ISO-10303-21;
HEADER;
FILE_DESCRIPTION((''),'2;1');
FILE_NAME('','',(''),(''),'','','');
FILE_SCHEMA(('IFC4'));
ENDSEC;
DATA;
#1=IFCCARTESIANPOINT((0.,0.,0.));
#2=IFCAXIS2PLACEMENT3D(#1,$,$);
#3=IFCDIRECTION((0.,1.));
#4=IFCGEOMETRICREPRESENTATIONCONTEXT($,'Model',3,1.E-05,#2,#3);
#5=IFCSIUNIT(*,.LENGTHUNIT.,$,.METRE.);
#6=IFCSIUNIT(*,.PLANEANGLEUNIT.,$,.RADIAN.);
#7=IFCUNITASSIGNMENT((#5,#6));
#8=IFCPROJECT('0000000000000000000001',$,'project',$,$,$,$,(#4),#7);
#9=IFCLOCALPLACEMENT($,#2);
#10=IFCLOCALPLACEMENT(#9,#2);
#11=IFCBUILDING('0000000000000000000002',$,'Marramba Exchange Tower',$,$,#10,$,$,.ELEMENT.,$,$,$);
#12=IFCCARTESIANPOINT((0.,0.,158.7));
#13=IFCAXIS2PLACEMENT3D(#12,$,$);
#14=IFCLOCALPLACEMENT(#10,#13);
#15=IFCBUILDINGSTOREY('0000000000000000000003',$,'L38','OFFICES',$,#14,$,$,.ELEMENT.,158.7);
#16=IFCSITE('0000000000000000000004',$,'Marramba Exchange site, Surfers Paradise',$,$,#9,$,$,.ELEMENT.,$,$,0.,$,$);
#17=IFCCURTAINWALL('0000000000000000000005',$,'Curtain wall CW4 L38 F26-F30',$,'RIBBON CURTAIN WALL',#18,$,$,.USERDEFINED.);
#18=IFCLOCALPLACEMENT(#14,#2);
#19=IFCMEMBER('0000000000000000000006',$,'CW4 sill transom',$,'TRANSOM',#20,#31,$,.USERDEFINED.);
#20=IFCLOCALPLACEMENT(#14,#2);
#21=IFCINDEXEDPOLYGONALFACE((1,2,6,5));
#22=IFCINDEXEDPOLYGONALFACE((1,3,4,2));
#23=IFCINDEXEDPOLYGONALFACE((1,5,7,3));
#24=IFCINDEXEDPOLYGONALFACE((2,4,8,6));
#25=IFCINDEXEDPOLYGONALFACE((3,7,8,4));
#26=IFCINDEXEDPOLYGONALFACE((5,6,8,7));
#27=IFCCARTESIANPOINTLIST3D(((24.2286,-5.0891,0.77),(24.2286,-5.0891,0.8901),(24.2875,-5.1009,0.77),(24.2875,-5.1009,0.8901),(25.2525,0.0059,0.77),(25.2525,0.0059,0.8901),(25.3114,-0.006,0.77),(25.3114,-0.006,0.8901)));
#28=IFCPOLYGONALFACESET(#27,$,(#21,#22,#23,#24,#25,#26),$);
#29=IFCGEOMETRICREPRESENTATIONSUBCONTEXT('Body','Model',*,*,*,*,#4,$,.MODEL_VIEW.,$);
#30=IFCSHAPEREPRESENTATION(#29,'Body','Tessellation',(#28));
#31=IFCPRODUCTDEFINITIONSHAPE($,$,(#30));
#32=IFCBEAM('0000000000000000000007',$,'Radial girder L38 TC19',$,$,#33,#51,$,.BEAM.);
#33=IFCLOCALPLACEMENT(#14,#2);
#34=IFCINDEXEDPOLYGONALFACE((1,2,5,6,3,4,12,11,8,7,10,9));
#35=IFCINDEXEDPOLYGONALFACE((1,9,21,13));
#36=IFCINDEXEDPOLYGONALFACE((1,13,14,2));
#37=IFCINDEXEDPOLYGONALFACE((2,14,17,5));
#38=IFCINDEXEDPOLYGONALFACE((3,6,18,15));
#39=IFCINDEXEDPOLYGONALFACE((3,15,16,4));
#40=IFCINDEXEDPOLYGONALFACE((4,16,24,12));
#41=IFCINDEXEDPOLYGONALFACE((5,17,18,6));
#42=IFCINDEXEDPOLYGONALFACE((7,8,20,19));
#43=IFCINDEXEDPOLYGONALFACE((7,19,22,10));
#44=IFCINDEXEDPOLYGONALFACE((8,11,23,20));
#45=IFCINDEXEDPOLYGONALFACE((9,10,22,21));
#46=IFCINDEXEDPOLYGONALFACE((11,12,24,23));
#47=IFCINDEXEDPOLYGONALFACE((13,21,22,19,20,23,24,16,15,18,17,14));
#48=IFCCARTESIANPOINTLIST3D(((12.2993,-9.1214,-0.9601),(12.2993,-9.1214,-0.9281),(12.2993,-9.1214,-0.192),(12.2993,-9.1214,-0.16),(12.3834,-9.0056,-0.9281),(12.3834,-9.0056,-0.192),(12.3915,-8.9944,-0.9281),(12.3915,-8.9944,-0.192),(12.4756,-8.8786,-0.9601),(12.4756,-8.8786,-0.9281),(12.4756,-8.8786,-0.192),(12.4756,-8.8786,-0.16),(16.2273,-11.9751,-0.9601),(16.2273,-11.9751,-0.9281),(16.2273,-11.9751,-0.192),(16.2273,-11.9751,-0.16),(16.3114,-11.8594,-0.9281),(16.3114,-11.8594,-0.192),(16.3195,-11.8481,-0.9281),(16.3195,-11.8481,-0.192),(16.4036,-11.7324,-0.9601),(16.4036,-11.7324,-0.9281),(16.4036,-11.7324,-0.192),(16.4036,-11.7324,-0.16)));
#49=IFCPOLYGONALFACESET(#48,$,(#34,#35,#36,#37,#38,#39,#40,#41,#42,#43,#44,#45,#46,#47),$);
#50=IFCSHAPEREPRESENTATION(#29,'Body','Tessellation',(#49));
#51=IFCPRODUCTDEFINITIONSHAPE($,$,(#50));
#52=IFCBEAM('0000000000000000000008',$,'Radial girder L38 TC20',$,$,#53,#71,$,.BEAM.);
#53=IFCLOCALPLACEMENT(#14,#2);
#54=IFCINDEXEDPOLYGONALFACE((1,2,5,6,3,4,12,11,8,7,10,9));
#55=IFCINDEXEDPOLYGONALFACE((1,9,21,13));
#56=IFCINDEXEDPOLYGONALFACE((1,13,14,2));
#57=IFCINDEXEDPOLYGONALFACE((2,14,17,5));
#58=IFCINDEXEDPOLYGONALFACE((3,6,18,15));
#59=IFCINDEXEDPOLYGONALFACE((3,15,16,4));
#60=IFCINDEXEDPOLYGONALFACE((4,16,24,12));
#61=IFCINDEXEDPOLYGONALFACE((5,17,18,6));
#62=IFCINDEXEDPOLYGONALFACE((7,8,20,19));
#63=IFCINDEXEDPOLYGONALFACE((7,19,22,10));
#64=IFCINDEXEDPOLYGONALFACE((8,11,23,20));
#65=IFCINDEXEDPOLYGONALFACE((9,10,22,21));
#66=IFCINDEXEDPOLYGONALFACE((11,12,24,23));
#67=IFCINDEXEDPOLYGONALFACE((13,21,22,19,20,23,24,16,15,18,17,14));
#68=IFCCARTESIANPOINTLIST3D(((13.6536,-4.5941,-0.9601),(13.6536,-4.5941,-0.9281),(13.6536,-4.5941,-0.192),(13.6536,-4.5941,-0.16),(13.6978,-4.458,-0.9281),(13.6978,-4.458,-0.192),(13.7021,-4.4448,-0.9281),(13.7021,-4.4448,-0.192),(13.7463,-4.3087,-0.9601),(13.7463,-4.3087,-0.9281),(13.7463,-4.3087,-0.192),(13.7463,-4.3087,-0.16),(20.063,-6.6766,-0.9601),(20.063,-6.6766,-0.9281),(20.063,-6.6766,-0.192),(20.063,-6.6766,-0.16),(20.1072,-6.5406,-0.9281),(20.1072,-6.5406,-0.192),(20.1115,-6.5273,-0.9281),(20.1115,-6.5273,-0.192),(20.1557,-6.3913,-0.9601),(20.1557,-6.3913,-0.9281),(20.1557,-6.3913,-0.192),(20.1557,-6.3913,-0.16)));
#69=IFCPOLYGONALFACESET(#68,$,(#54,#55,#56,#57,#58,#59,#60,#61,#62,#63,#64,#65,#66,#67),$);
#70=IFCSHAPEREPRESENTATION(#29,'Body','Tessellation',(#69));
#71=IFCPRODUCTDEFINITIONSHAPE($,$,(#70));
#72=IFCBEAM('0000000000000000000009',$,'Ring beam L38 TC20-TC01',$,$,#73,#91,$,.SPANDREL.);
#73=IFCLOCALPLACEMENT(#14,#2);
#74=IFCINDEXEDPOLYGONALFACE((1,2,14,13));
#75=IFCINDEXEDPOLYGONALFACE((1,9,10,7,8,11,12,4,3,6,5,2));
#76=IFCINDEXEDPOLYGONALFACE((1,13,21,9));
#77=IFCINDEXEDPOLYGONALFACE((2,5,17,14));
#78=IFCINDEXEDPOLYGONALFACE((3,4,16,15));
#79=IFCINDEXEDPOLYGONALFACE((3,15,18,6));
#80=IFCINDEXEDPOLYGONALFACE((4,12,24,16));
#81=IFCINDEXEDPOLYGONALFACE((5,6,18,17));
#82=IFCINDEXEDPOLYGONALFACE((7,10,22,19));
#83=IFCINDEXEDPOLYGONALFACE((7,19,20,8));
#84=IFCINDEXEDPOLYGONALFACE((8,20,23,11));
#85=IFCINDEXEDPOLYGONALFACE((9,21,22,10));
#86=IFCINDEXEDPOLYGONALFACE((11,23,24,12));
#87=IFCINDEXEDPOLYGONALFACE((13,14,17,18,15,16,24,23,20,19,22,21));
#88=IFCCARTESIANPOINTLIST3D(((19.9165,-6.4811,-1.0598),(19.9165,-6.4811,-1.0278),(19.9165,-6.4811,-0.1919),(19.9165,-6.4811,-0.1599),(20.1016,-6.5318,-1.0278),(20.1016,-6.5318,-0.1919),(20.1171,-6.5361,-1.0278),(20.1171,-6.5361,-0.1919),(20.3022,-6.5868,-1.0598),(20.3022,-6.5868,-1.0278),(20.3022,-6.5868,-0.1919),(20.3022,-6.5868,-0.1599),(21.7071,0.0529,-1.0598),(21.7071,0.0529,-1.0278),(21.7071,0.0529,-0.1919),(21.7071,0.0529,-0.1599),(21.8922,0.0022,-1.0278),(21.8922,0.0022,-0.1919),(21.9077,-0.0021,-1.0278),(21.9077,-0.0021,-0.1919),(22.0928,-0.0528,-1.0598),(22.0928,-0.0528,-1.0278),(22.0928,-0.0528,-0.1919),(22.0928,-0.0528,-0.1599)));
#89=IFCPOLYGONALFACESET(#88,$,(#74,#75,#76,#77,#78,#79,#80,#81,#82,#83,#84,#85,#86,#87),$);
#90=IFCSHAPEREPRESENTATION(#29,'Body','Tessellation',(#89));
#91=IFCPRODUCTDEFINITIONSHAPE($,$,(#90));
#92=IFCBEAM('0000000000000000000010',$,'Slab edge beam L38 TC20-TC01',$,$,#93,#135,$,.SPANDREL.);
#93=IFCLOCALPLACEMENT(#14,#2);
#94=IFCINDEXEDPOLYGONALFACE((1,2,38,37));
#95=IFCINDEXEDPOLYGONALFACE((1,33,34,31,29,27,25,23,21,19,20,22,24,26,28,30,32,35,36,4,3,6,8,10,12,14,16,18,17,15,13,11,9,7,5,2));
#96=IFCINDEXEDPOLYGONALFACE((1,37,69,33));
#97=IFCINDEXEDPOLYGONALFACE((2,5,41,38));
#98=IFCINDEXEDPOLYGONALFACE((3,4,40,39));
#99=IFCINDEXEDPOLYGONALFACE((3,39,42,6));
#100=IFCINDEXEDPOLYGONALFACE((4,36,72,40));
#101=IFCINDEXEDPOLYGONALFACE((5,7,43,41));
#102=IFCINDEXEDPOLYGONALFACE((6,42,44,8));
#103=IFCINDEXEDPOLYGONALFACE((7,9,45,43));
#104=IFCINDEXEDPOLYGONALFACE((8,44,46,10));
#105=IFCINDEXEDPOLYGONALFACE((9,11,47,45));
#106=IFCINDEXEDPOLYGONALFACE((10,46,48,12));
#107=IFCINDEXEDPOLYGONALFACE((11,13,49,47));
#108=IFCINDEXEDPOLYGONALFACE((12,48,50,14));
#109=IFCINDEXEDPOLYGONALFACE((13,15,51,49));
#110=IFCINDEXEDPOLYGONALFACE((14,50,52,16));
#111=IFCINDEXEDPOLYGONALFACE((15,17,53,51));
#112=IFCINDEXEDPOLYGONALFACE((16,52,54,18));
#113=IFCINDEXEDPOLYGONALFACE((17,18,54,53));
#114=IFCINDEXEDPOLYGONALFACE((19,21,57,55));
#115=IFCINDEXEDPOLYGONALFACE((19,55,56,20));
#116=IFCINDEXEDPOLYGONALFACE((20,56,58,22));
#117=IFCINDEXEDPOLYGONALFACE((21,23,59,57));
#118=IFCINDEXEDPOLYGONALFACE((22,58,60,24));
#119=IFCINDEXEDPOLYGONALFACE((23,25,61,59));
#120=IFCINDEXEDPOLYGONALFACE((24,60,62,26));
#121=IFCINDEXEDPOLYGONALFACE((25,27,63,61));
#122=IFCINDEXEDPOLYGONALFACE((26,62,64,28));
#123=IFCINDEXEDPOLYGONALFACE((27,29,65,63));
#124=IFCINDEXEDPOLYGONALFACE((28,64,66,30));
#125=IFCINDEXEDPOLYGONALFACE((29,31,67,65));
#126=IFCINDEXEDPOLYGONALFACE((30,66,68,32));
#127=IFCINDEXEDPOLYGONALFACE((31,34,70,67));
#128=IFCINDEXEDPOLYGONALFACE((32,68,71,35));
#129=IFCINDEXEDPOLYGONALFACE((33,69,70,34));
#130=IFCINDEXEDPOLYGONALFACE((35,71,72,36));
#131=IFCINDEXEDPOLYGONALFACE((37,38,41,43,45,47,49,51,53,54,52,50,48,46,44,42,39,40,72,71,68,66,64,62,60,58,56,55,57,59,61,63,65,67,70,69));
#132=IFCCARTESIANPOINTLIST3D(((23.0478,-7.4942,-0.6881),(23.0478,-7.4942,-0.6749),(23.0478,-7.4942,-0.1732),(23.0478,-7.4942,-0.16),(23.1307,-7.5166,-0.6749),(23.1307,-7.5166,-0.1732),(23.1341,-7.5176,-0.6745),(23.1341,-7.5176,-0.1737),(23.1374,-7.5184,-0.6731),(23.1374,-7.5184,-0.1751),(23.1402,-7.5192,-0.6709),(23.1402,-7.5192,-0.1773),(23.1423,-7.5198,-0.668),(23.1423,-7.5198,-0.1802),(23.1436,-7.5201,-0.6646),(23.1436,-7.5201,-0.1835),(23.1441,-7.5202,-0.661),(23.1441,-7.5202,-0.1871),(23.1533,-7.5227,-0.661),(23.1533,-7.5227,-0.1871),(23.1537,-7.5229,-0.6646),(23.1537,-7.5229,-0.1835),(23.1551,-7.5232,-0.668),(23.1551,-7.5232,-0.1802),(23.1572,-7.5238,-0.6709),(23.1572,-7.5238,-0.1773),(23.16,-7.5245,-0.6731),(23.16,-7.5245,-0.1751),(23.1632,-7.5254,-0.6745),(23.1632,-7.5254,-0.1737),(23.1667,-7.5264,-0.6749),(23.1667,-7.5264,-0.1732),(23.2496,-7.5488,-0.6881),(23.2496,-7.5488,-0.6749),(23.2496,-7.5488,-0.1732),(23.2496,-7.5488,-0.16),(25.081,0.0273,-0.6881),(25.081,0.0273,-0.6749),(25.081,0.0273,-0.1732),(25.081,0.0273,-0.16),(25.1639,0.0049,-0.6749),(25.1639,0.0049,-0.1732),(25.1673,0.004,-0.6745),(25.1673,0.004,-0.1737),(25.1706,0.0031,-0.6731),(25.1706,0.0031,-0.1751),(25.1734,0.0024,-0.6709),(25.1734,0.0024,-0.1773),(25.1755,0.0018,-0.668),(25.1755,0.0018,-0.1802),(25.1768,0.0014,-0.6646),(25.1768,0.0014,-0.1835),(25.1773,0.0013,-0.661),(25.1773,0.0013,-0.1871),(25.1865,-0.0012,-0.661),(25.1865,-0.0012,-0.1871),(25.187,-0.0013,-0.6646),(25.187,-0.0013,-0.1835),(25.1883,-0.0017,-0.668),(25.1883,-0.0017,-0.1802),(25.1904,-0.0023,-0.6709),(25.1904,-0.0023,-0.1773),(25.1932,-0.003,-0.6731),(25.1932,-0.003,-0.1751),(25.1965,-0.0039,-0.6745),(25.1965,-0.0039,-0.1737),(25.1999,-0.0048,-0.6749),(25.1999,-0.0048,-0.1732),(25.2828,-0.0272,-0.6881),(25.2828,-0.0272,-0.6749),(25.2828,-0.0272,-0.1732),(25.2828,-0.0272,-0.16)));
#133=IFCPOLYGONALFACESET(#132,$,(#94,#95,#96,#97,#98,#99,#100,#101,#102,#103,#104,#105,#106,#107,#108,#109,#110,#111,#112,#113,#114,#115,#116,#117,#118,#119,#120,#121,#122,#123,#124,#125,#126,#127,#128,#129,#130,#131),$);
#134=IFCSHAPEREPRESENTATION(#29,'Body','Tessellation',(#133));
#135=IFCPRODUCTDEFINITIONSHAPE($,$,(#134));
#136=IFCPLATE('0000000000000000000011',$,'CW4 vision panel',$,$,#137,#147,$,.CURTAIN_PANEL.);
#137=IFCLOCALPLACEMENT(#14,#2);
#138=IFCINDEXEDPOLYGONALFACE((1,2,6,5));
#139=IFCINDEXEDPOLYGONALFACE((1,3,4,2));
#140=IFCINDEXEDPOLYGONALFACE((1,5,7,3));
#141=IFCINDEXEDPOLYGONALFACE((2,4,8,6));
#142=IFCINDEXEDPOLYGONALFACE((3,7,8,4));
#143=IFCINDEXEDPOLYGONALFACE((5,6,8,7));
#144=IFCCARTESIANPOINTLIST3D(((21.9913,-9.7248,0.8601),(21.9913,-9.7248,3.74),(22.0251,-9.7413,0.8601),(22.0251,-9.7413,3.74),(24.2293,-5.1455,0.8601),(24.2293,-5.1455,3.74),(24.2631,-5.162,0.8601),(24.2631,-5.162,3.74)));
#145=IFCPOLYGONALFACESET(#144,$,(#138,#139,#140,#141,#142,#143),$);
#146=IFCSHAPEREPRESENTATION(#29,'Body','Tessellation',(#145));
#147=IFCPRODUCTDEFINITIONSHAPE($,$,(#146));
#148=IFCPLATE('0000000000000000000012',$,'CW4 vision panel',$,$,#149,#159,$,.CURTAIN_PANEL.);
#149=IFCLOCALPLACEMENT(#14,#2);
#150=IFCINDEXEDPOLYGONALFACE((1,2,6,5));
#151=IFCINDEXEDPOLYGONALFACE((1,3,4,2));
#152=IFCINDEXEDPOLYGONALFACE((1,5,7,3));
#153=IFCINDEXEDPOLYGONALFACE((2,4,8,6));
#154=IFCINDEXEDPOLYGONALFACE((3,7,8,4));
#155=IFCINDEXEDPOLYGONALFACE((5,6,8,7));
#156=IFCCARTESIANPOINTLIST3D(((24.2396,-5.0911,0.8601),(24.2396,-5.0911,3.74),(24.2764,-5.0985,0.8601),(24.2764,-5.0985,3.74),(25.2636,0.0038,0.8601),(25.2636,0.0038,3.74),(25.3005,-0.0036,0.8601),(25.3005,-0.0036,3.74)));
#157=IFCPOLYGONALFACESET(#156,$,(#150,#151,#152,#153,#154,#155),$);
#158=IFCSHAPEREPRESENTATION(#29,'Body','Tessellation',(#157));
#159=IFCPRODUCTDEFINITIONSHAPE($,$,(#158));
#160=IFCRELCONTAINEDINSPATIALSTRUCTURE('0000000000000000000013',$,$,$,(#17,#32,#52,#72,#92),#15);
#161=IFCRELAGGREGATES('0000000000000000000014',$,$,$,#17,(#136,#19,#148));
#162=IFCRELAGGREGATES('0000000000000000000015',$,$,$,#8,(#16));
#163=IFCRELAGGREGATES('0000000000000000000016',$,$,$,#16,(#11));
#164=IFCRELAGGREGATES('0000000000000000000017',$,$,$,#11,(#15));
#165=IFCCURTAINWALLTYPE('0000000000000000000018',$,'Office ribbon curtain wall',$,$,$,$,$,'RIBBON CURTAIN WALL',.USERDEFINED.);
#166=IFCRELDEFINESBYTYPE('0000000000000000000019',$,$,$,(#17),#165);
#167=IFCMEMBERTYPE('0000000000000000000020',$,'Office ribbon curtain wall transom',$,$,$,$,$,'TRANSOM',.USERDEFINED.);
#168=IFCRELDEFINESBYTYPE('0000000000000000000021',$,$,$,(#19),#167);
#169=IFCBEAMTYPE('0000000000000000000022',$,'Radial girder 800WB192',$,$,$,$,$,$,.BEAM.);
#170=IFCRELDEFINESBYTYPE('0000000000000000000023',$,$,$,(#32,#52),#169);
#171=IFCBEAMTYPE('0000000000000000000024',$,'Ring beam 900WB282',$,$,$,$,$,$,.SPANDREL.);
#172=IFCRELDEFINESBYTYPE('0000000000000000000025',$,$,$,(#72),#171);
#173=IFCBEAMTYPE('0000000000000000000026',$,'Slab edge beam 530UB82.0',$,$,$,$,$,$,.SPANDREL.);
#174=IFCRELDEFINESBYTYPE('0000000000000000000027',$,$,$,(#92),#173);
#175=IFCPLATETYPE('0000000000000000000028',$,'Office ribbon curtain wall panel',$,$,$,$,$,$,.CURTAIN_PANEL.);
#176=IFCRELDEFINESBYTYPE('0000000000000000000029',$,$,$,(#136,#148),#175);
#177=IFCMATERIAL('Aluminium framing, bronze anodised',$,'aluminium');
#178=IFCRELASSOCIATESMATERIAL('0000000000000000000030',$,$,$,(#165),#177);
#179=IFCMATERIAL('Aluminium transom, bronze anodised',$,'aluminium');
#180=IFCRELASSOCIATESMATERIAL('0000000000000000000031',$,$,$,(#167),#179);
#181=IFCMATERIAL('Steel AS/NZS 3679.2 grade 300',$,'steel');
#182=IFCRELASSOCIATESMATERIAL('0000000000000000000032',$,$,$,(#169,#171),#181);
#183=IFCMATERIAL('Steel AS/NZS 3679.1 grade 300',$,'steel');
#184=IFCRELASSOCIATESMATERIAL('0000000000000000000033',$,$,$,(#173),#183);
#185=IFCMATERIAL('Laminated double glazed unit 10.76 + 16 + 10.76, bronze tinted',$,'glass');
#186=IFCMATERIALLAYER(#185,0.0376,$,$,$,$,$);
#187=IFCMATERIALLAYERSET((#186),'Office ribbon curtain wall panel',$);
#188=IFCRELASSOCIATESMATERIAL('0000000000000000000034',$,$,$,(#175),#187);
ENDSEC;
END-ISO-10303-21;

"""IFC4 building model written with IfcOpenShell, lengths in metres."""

from ifc_helpers import new_model, si_unit, direction, frame, origin, origin_2d, place, context, subcontext, project, spatial, rectangle, i_section, extrude, material, layer, layer_set, material_profile, profile_set, type_object, element, aggregate, save


model = new_model("IFC4")

# Units and contexts
model_context = context("Model", 3, precision=1e-05, world=origin(), true_north=direction((0.0, 1.0)))
body_context = subcontext(model_context, "Body", "Model", "MODEL_VIEW")
ifc_project = project(units=[si_unit("LENGTHUNIT", "METRE"), si_unit("PLANEANGLEUNIT", "RADIAN")], contexts=[model_context])

# Site, building, storey
site_placement = place(None, origin())
site = spatial("IfcSite", under=ifc_project, at=site_placement, Name="Marramba Exchange site, Surfers Paradise", CompositionType="ELEMENT", RefElevation=0.0)
building_placement = place(site_placement, origin())
building = spatial("IfcBuilding", under=site, at=building_placement, Name="Marramba Exchange Tower", CompositionType="ELEMENT")
storey_placement = place(building_placement, frame((0.0, 0.0, 158.7)))
storey = spatial("IfcBuildingStorey", under=building, at=storey_placement, Name="L38", Description="OFFICES", CompositionType="ELEMENT", Elevation=158.7)

# Shared definitions
ifc_material_1 = material(Name="Steel AS/NZS 3679.2 grade 300", Category="steel")
ifc_material_2 = material(Name="Steel AS/NZS 3679.1 grade 300", Category="steel")

# Curtain wall, member
ifc_material_3 = material(Name="Aluminium framing, bronze anodised", Category="aluminium")
curtain_wall_type = type_object("IfcCurtainWallType", Name="Office ribbon curtain wall", ElementType="RIBBON CURTAIN WALL", PredefinedType="USERDEFINED", material=ifc_material_3)
curtain_wall_placement = place(storey_placement, origin())
curtain_wall = element("IfcCurtainWall", 1, at=curtain_wall_placement, inside=storey, type_object=curtain_wall_type, Name="Curtain wall CW4 L38 F26-F30", ObjectType="RIBBON CURTAIN WALL", PredefinedType="USERDEFINED")
ifc_material_4 = material(Name="Aluminium transom, bronze anodised", Category="aluminium")
ifc_material_profile_1 = material_profile(ifc_material_4, rectangle(XDim=0.0601, YDim=0.1201, at=origin_2d()), Name="CW4 transom 60x120")
ifc_profile_set_1 = profile_set([ifc_material_profile_1], Name="Aluminium transom, bronze anodised")
member_type_1 = type_object("IfcMemberType", Name="Office ribbon curtain wall transom", ElementType="TRANSOM", PredefinedType="USERDEFINED", material=ifc_profile_set_1)
member_1_placement = place(storey_placement, frame((24.2581, -5.095, 0.8301), z_axis=(0.197029, 0.980398, 0.0), x_axis=(-0.980398, 0.197029, 0.0)))
member_1 = element("IfcMember", 2, at=member_1_placement, type_object=member_type_1, Name="CW4 sill transom", ObjectType="TRANSOM", PredefinedType="USERDEFINED", context=body_context, shape_type="SweptSolid", body=[
    extrude(rectangle(XDim=0.0601, YDim=0.1201, at=origin_2d()), origin(), (0.0, 0.0, 1.0), 5.1968),
])

# Beams
ifc_material_profile_2 = material_profile(ifc_material_1, i_section(OverallWidth=0.3, OverallDepth=0.8, WebThickness=0.0139, FlangeThickness=0.032, at=origin_2d()), Name="800WB192")
ifc_profile_set_2 = profile_set([ifc_material_profile_2], Name="Steel AS/NZS 3679.2 grade 300")
beam_type_1 = type_object("IfcBeamType", Name="Radial girder 800WB192", PredefinedType="BEAM", material=ifc_profile_set_2)
beam_1_placement = place(storey_placement, frame((12.3875, -9.0, -0.5601), z_axis=(0.809025, -0.587774, 0.0), x_axis=(0.587774, 0.809025, 0.0)))
element("IfcBeam", 3, at=beam_1_placement, inside=storey, type_object=beam_type_1, Name="Radial girder L38 TC19", PredefinedType="BEAM", context=body_context, shape_type="SweptSolid", body=[
    extrude(i_section(OverallWidth=0.3, OverallDepth=0.8, WebThickness=0.0139, FlangeThickness=0.032, at=origin_2d()), origin(), (0.0, 0.0, 1.0), 4.8552),
])
beam_2_placement = place(storey_placement, frame((13.7, -4.4514, -0.5601), z_axis=(0.951058, -0.309013, 0.0), x_axis=(0.309013, 0.951058, 0.0)))
element("IfcBeam", 4, at=beam_2_placement, inside=storey, type_object=beam_type_1, Name="Radial girder L38 TC20", PredefinedType="BEAM", context=body_context, shape_type="SweptSolid", body=[
    extrude(i_section(OverallWidth=0.3, OverallDepth=0.8, WebThickness=0.0139, FlangeThickness=0.032, at=origin_2d()), origin(), (0.0, 0.0, 1.0), 6.7393),
])
ifc_material_profile_3 = material_profile(ifc_material_1, i_section(OverallWidth=0.3999, OverallDepth=0.8999, WebThickness=0.0161, FlangeThickness=0.032, at=origin_2d()), Name="900WB282")
ifc_profile_set_3 = profile_set([ifc_material_profile_3], Name="Steel AS/NZS 3679.2 grade 300")
beam_type_2 = type_object("IfcBeamType", Name="Ring beam 900WB282", PredefinedType="SPANDREL", material=ifc_profile_set_3)
beam_3_placement = place(storey_placement, frame((20.1094, -6.5339, -0.6099), z_axis=(0.264291, 0.964443, 0.0), x_axis=(-0.964443, 0.264291, 0.0)))
element("IfcBeam", 5, at=beam_3_placement, inside=storey, type_object=beam_type_2, Name="Ring beam L38 TC20-TC01", PredefinedType="SPANDREL", context=body_context, shape_type="SweptSolid", body=[
    extrude(i_section(OverallWidth=0.3999, OverallDepth=0.8999, WebThickness=0.0161, FlangeThickness=0.032, at=origin_2d()), origin(), (0.0, 0.0, 1.0), 6.7749),
])
ifc_material_profile_4 = material_profile(ifc_material_2, i_section(OverallWidth=0.209, OverallDepth=0.5281, WebThickness=0.0095, FlangeThickness=0.0132, FilletRadius=0.0139, at=origin_2d()), Name="530UB82.0")
ifc_profile_set_4 = profile_set([ifc_material_profile_4], Name="Steel AS/NZS 3679.1 grade 300")
beam_type_3 = type_object("IfcBeamType", Name="Slab edge beam 530UB82.0", PredefinedType="SPANDREL", material=ifc_profile_set_4)
beam_4_placement = place(storey_placement, frame((23.1487, -7.5215, -0.4241), z_axis=(0.260953, 0.965351, 0.0), x_axis=(-0.965351, 0.260953, 0.0)))
element("IfcBeam", 6, at=beam_4_placement, inside=storey, type_object=beam_type_3, Name="Slab edge beam L38 TC20-TC01", PredefinedType="SPANDREL", context=body_context, shape_type="SweptSolid", body=[
    extrude(i_section(OverallWidth=0.209, OverallDepth=0.5281, WebThickness=0.0095, FlangeThickness=0.0132, FilletRadius=0.0139, at=origin_2d()), origin(), (0.0, 0.0, 1.0), 7.7915),
])

# Plates
ifc_material_5 = material(Name="Laminated double glazed unit 10.76 + 16 + 10.76, bronze tinted", Category="glass")
ifc_layer_1 = layer(ifc_material_5, 0.0376)
ifc_layer_set_1 = layer_set([ifc_layer_1], Name="Office ribbon curtain wall panel")
plate_type = type_object("IfcPlateType", Name="Office ribbon curtain wall panel", PredefinedType="CURTAIN_PANEL", material=ifc_layer_set_1)
plate_1_placement = place(storey_placement, frame((23.1272, -7.4434, 0.8601), z_axis=(0.0, 0.0, 1.0), x_axis=(0.439086, 0.898445, 0.0)))
plate_1 = element("IfcPlate", 7, at=plate_1_placement, type_object=plate_type, Name="CW4 vision panel", PredefinedType="CURTAIN_PANEL", context=body_context, shape_type="SweptSolid", body=[
    extrude(rectangle(XDim=5.0969, YDim=0.0376, at=origin_2d()), origin(), (0.0, 0.0, 1.0), 2.8799),
])
plate_2_placement = place(storey_placement, frame((24.77, -2.5474, 0.8601), z_axis=(0.0, 0.0, 1.0), x_axis=(0.197049, 0.980394, 0.0)))
plate_2 = element("IfcPlate", 8, at=plate_2_placement, type_object=plate_type, Name="CW4 vision panel", PredefinedType="CURTAIN_PANEL", context=body_context, shape_type="SweptSolid", body=[
    extrude(rectangle(XDim=5.1968, YDim=0.0376, at=origin_2d()), origin(), (0.0, 0.0, 1.0), 2.8799),
])
aggregate(curtain_wall, [plate_1, member_1, plate_2])

save(model, "model.ifc")
